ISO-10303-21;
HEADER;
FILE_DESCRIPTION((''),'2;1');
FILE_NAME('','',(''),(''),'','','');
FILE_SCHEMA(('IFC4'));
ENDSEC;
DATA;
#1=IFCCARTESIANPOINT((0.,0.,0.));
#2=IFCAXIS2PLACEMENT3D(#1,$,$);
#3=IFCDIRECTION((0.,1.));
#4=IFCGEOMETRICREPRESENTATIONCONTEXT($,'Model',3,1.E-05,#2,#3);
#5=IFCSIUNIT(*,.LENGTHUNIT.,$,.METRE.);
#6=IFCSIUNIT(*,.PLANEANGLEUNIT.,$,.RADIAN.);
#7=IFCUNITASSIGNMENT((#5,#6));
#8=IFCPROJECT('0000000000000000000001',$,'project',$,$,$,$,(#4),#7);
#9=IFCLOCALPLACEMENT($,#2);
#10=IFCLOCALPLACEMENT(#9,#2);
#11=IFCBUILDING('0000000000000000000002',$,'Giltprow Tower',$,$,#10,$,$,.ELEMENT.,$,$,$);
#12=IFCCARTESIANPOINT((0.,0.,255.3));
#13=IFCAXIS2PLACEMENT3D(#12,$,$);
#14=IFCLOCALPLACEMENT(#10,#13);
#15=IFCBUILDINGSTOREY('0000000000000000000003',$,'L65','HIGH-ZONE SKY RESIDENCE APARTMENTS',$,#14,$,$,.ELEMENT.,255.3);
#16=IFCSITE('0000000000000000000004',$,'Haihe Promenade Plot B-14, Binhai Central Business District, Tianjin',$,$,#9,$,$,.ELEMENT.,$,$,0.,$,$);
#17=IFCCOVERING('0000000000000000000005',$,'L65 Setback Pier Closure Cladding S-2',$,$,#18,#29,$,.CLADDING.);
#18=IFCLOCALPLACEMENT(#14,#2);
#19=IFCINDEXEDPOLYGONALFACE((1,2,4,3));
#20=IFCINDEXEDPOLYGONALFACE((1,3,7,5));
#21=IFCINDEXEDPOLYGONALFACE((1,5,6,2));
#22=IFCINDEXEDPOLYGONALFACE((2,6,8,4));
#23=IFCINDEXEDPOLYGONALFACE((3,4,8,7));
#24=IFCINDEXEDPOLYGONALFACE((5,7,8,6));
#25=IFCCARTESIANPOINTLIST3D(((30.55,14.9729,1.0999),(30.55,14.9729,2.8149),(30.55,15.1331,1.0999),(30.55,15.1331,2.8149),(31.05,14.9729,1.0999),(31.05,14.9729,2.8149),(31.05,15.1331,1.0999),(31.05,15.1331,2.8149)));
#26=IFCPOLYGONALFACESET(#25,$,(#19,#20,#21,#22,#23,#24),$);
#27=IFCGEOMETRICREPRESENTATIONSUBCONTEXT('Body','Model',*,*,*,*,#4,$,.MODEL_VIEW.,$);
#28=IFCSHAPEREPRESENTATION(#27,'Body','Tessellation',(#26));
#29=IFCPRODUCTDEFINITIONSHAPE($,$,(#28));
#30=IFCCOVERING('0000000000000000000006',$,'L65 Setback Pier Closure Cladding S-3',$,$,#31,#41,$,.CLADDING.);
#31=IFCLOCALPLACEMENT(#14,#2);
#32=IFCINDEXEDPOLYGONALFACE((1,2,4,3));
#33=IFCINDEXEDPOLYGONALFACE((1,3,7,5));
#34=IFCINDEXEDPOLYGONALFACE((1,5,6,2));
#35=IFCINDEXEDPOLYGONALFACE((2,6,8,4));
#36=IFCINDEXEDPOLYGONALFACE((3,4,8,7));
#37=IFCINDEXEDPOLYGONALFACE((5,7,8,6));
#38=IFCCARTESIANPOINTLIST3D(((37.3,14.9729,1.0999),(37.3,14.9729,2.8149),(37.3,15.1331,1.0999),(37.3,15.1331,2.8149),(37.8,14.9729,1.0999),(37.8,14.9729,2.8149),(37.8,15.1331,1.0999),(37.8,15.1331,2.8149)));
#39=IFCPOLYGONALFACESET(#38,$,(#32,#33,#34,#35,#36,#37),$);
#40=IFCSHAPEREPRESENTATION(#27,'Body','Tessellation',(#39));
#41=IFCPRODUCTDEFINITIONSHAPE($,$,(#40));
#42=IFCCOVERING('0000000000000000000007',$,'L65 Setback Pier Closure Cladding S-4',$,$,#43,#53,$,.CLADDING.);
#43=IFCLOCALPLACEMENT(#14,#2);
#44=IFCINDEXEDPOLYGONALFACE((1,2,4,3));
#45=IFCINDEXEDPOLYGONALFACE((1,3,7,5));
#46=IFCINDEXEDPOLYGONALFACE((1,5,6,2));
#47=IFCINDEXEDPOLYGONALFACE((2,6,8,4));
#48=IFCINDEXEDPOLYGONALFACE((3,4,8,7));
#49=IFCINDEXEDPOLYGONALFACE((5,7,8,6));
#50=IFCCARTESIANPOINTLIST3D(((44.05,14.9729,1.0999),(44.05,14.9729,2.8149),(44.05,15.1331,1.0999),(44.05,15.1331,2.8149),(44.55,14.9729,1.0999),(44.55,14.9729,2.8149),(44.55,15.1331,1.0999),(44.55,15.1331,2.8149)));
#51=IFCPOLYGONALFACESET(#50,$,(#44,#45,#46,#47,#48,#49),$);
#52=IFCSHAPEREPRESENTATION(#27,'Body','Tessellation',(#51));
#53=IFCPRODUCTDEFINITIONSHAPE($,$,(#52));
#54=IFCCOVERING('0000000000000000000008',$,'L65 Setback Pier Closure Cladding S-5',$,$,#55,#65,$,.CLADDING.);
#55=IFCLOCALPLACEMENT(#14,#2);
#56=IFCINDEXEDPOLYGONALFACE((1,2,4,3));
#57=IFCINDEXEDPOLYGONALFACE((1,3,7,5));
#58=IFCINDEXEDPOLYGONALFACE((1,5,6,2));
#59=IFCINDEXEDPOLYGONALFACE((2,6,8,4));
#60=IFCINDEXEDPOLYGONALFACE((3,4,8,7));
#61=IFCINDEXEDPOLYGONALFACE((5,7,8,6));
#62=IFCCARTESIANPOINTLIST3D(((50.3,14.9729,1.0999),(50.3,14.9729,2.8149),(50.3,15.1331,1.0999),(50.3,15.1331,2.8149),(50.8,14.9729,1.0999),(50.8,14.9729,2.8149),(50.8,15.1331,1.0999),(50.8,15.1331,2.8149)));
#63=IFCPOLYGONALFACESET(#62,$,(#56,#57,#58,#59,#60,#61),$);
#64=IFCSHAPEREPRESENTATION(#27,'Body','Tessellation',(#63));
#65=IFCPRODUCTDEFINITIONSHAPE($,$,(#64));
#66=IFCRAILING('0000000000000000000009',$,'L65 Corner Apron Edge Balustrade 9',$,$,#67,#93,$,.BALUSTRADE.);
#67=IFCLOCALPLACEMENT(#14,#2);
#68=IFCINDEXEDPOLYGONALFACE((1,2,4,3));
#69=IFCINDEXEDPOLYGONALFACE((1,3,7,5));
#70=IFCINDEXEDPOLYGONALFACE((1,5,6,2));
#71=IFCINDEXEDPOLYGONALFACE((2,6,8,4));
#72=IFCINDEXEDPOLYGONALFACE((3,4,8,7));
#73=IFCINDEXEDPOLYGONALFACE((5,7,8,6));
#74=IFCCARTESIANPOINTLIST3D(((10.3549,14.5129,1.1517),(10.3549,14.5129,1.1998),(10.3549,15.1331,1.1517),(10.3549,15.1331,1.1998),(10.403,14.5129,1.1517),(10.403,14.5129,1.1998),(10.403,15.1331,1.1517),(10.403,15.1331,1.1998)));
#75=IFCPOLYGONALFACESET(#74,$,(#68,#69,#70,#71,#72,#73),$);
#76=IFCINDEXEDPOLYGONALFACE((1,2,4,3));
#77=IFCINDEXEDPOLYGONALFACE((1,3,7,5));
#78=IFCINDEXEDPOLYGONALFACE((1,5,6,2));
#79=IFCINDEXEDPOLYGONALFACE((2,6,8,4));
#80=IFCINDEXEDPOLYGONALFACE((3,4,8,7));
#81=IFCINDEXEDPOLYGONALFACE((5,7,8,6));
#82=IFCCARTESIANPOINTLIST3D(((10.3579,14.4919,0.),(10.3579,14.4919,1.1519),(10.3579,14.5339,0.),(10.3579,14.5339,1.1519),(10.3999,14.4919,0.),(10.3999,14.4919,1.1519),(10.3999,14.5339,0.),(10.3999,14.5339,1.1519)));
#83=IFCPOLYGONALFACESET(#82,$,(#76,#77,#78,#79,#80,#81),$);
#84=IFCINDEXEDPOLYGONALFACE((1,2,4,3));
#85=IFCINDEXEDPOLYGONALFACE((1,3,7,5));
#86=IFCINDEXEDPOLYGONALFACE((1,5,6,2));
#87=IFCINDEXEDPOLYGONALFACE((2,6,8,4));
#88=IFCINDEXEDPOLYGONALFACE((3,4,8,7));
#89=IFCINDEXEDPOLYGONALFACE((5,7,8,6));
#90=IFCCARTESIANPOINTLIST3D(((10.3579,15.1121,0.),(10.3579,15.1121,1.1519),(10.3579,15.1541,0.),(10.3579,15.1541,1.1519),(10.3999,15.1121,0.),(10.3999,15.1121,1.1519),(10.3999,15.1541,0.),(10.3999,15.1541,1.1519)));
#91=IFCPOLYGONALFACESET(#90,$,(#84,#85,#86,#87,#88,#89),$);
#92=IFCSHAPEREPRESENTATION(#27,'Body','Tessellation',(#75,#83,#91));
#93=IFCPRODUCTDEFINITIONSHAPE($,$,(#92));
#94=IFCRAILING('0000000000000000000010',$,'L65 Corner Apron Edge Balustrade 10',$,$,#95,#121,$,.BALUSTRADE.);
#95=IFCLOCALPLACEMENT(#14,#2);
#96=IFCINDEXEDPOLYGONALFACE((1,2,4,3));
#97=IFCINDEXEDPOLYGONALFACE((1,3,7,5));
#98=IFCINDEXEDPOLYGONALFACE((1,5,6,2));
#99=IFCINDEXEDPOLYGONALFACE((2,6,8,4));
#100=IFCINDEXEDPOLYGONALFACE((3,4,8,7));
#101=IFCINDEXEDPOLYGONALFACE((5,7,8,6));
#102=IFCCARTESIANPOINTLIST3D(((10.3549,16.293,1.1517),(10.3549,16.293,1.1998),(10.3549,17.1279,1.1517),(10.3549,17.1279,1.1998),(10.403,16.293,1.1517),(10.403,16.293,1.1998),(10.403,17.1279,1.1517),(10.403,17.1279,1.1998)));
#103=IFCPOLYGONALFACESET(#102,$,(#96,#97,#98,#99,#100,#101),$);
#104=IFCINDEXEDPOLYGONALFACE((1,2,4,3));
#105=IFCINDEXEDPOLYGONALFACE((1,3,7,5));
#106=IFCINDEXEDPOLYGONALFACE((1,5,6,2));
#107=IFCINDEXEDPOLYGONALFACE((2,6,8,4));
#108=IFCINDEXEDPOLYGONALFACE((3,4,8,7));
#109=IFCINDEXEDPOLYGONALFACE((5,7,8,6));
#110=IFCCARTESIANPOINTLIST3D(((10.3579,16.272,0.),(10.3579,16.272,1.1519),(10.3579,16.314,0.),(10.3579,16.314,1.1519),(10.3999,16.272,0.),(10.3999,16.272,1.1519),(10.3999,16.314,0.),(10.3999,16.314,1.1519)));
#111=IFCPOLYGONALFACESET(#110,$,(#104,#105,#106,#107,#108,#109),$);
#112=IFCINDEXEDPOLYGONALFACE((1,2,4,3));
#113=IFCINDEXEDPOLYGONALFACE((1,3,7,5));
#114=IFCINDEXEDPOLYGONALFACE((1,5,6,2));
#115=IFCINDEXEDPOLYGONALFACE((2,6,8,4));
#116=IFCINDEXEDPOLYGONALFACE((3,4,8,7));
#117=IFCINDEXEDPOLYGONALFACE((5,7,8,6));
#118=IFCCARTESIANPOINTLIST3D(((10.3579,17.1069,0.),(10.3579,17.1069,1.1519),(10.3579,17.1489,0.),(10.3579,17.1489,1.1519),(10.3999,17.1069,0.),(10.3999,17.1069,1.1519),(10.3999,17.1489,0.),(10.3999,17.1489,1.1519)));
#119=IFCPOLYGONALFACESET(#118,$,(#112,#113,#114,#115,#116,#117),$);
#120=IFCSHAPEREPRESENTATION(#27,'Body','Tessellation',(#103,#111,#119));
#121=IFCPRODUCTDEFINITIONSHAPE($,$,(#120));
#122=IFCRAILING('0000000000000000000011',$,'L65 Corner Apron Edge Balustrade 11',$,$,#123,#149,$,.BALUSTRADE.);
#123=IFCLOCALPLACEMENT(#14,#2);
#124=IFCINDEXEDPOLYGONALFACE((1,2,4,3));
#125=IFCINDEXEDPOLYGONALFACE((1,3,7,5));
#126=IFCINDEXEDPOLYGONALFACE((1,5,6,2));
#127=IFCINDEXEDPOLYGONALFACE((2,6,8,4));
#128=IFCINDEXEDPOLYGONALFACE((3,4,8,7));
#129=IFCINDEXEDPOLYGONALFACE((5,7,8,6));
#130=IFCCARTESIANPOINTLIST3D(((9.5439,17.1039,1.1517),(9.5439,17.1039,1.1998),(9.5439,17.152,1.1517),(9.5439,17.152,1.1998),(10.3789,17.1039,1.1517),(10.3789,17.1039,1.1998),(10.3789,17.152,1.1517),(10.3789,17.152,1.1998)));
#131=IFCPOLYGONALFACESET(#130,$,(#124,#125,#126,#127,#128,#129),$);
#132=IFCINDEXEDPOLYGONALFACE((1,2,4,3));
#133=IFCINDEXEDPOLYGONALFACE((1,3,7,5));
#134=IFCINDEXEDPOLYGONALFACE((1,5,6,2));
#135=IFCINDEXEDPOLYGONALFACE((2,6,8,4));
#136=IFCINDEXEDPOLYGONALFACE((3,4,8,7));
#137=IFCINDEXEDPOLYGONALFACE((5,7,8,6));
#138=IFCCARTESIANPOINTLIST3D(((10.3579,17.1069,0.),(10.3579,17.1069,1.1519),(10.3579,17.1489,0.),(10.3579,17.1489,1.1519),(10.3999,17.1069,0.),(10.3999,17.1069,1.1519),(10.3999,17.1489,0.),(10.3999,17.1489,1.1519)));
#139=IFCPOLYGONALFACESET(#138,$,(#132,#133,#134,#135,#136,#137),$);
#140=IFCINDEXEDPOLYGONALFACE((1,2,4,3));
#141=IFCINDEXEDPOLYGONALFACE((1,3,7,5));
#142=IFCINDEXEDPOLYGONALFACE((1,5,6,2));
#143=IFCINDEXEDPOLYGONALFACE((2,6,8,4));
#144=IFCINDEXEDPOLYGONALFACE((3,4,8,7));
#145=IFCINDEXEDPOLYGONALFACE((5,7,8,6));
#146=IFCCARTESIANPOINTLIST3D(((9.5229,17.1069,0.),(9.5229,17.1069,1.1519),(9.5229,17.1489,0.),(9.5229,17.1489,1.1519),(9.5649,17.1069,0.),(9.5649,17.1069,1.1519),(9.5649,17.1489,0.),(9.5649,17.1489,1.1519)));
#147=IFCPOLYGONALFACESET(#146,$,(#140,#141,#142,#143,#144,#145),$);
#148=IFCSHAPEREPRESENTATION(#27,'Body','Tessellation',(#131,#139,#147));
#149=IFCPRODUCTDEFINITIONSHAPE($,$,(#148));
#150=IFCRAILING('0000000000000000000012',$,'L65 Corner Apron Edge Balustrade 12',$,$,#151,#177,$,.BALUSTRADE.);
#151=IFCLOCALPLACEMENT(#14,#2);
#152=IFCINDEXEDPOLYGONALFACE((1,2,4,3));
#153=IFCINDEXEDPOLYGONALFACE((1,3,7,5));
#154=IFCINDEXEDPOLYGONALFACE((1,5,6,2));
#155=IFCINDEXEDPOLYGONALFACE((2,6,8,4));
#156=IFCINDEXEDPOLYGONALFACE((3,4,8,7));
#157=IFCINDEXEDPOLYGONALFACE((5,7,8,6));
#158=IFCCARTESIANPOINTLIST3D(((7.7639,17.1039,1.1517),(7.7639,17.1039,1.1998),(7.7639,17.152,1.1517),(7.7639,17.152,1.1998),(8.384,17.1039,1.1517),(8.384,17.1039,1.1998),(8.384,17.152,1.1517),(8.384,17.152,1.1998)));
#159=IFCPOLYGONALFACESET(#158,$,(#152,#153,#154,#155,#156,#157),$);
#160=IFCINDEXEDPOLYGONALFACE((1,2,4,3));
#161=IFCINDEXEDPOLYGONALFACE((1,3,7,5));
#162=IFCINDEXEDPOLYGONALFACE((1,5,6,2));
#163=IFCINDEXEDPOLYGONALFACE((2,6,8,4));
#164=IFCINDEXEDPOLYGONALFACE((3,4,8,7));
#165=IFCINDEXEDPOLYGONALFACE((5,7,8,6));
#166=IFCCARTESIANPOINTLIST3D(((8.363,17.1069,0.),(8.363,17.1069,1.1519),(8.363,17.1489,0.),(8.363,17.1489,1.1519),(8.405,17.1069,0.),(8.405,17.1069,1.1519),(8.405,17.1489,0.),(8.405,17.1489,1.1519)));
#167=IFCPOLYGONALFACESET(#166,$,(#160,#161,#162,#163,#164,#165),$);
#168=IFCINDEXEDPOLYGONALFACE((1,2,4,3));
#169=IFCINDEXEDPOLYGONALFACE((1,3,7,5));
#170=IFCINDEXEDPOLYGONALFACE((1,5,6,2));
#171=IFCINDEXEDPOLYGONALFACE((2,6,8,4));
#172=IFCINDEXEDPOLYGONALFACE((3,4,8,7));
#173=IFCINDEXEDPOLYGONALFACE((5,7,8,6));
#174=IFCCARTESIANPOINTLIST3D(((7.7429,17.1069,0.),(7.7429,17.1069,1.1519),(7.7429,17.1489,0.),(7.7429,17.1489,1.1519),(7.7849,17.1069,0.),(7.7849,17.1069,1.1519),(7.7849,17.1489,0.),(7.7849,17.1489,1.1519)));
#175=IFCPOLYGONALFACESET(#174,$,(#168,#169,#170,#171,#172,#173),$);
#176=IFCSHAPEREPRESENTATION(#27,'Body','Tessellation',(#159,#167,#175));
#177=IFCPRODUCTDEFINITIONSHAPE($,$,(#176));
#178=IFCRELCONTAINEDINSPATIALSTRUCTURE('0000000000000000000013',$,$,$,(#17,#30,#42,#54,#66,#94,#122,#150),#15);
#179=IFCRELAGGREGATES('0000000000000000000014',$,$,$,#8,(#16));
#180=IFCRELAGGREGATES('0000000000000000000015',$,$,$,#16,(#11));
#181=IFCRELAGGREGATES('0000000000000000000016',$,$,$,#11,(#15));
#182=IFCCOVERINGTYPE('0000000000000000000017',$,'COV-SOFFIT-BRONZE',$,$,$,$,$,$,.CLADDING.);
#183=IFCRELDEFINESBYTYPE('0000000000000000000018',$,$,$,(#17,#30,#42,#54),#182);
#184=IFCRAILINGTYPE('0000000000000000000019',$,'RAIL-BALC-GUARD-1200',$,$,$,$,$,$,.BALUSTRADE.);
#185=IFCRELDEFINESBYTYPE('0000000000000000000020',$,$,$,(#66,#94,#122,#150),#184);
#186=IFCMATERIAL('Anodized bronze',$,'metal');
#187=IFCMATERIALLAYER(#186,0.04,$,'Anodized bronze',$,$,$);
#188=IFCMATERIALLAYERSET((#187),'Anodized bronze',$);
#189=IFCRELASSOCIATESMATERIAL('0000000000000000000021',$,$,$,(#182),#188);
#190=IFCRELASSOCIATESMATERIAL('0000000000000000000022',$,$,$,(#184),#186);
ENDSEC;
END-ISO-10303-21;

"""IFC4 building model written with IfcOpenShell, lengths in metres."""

from ifc_helpers import new_model, si_unit, direction, frame, origin, origin_2d, place, context, subcontext, project, spatial, polyline, rectangle, outline, extrude, material, layer, layer_set, type_object, element, save


model = new_model("IFC4")

# Units and contexts
model_context = context("Model", 3, precision=1e-05, world=origin(), true_north=direction((0.0, 1.0)))
body_context = subcontext(model_context, "Body", "Model", "MODEL_VIEW")
ifc_project = project(units=[si_unit("LENGTHUNIT", "METRE"), si_unit("PLANEANGLEUNIT", "RADIAN")], contexts=[model_context])

# Site, building, storey
site_placement = place(None, origin())
site = spatial("IfcSite", under=ifc_project, at=site_placement, Name="Haihe Promenade Plot B-14, Binhai Central Business District, Tianjin", CompositionType="ELEMENT", RefElevation=0.0)
building_placement = place(site_placement, origin())
building = spatial("IfcBuilding", under=site, at=building_placement, Name="Giltprow Tower", CompositionType="ELEMENT")
storey_placement = place(building_placement, frame((0.0, 0.0, 255.3)))
storey = spatial("IfcBuildingStorey", under=building, at=storey_placement, Name="L65", Description="HIGH-ZONE SKY RESIDENCE APARTMENTS", CompositionType="ELEMENT", Elevation=255.3)

# Shared definitions
ifc_material_1 = material(Name="Anodized bronze", Category="metal")

# Coverings
ifc_layer_1 = layer(ifc_material_1, 0.04, Name="Anodized bronze")
ifc_layer_set_1 = layer_set([ifc_layer_1], Name="Anodized bronze")
covering_type_1 = type_object("IfcCoveringType", Name="COV-SOFFIT-BRONZE", PredefinedType="CLADDING", material=ifc_layer_set_1)
covering_1_placement = place(storey_placement, frame((0.0, 0.0, 1.0999)))
element("IfcCovering", 1, at=covering_1_placement, inside=storey, type_object=covering_type_1, Name="L65 Setback Pier Closure Cladding S-2", PredefinedType="CLADDING", context=body_context, shape_type="SweptSolid", body=[
    extrude(outline(polyline([(30.55, 14.9729), (31.05, 14.9729), (31.05, 15.1331), (30.55, 15.1331), (30.55, 14.9729)])), origin(), (0.0, 0.0, 1.0), 1.7151),
])
covering_2_placement = place(storey_placement, frame((0.0, 0.0, 1.0999)))
element("IfcCovering", 2, at=covering_2_placement, inside=storey, type_object=covering_type_1, Name="L65 Setback Pier Closure Cladding S-3", PredefinedType="CLADDING", context=body_context, shape_type="SweptSolid", body=[
    extrude(outline(polyline([(37.3, 14.9729), (37.8, 14.9729), (37.8, 15.1331), (37.3, 15.1331), (37.3, 14.9729)])), origin(), (0.0, 0.0, 1.0), 1.7151),
])
covering_3_placement = place(storey_placement, frame((0.0, 0.0, 1.0999)))
element("IfcCovering", 3, at=covering_3_placement, inside=storey, type_object=covering_type_1, Name="L65 Setback Pier Closure Cladding S-4", PredefinedType="CLADDING", context=body_context, shape_type="SweptSolid", body=[
    extrude(outline(polyline([(44.05, 14.9729), (44.55, 14.9729), (44.55, 15.1331), (44.05, 15.1331), (44.05, 14.9729)])), origin(), (0.0, 0.0, 1.0), 1.7151),
])
covering_4_placement = place(storey_placement, frame((0.0, 0.0, 1.0999)))
element("IfcCovering", 4, at=covering_4_placement, inside=storey, type_object=covering_type_1, Name="L65 Setback Pier Closure Cladding S-5", PredefinedType="CLADDING", context=body_context, shape_type="SweptSolid", body=[
    extrude(outline(polyline([(50.3, 14.9729), (50.8, 14.9729), (50.8, 15.1331), (50.3, 15.1331), (50.3, 14.9729)])), origin(), (0.0, 0.0, 1.0), 1.7151),
])

# Railings
railing_type = type_object("IfcRailingType", Name="RAIL-BALC-GUARD-1200", PredefinedType="BALUSTRADE", material=ifc_material_1)
railing_1_placement = place(storey_placement, frame((10.3789, 14.5129, 0.0)))
element("IfcRailing", 5, at=railing_1_placement, inside=storey, type_object=railing_type, Name="L65 Corner Apron Edge Balustrade 9", PredefinedType="BALUSTRADE", context=body_context, shape_type="SweptSolid", body=[
    extrude(rectangle(XDim=0.0481, YDim=0.0481, at=origin_2d()), frame((0.0, 0.0, 1.1758), z_axis=(0.0, 1.0, 0.0), x_axis=(-1.0, 0.0, 0.0)), (0.0, 0.0, 1.0), 0.6201),
    extrude(rectangle(XDim=0.042, YDim=0.042, at=origin_2d()), origin(), (0.0, 0.0, 1.0), 1.1519),
    extrude(rectangle(XDim=0.042, YDim=0.042, at=origin_2d()), frame((0.0, 0.6201, 0.0)), (0.0, 0.0, 1.0), 1.1519),
])
railing_2_placement = place(storey_placement, frame((10.3789, 16.293, 0.0)))
element("IfcRailing", 6, at=railing_2_placement, inside=storey, type_object=railing_type, Name="L65 Corner Apron Edge Balustrade 10", PredefinedType="BALUSTRADE", context=body_context, shape_type="SweptSolid", body=[
    extrude(rectangle(XDim=0.0481, YDim=0.0481, at=origin_2d()), frame((0.0, 0.0, 1.1758), z_axis=(0.0, 1.0, 0.0), x_axis=(-1.0, 0.0, 0.0)), (0.0, 0.0, 1.0), 0.835),
    extrude(rectangle(XDim=0.042, YDim=0.042, at=origin_2d()), origin(), (0.0, 0.0, 1.0), 1.1519),
    extrude(rectangle(XDim=0.042, YDim=0.042, at=origin_2d()), frame((0.0, 0.835, 0.0)), (0.0, 0.0, 1.0), 1.1519),
])
railing_3_placement = place(storey_placement, frame((10.3789, 17.1279, 0.0)))
element("IfcRailing", 7, at=railing_3_placement, inside=storey, type_object=railing_type, Name="L65 Corner Apron Edge Balustrade 11", PredefinedType="BALUSTRADE", context=body_context, shape_type="SweptSolid", body=[
    extrude(rectangle(XDim=0.0481, YDim=0.0481, at=origin_2d()), frame((0.0, 0.0, 1.1758), z_axis=(-1.0, 0.0, 0.0), x_axis=(0.0, -1.0, 0.0)), (0.0, 0.0, 1.0), 0.835),
    extrude(rectangle(XDim=0.042, YDim=0.042, at=origin_2d()), origin(), (0.0, 0.0, 1.0), 1.1519),
    extrude(rectangle(XDim=0.042, YDim=0.042, at=origin_2d()), frame((-0.835, 0.0, 0.0)), (0.0, 0.0, 1.0), 1.1519),
])
railing_4_placement = place(storey_placement, frame((8.384, 17.1279, 0.0)))
element("IfcRailing", 8, at=railing_4_placement, inside=storey, type_object=railing_type, Name="L65 Corner Apron Edge Balustrade 12", PredefinedType="BALUSTRADE", context=body_context, shape_type="SweptSolid", body=[
    extrude(rectangle(XDim=0.0481, YDim=0.0481, at=origin_2d()), frame((0.0, 0.0, 1.1758), z_axis=(-1.0, 0.0, 0.0), x_axis=(0.0, -1.0, 0.0)), (0.0, 0.0, 1.0), 0.6201),
    extrude(rectangle(XDim=0.042, YDim=0.042, at=origin_2d()), origin(), (0.0, 0.0, 1.0), 1.1519),
    extrude(rectangle(XDim=0.042, YDim=0.042, at=origin_2d()), frame((-0.6201, 0.0, 0.0)), (0.0, 0.0, 1.0), 1.1519),
])

save(model, "model.ifc")
